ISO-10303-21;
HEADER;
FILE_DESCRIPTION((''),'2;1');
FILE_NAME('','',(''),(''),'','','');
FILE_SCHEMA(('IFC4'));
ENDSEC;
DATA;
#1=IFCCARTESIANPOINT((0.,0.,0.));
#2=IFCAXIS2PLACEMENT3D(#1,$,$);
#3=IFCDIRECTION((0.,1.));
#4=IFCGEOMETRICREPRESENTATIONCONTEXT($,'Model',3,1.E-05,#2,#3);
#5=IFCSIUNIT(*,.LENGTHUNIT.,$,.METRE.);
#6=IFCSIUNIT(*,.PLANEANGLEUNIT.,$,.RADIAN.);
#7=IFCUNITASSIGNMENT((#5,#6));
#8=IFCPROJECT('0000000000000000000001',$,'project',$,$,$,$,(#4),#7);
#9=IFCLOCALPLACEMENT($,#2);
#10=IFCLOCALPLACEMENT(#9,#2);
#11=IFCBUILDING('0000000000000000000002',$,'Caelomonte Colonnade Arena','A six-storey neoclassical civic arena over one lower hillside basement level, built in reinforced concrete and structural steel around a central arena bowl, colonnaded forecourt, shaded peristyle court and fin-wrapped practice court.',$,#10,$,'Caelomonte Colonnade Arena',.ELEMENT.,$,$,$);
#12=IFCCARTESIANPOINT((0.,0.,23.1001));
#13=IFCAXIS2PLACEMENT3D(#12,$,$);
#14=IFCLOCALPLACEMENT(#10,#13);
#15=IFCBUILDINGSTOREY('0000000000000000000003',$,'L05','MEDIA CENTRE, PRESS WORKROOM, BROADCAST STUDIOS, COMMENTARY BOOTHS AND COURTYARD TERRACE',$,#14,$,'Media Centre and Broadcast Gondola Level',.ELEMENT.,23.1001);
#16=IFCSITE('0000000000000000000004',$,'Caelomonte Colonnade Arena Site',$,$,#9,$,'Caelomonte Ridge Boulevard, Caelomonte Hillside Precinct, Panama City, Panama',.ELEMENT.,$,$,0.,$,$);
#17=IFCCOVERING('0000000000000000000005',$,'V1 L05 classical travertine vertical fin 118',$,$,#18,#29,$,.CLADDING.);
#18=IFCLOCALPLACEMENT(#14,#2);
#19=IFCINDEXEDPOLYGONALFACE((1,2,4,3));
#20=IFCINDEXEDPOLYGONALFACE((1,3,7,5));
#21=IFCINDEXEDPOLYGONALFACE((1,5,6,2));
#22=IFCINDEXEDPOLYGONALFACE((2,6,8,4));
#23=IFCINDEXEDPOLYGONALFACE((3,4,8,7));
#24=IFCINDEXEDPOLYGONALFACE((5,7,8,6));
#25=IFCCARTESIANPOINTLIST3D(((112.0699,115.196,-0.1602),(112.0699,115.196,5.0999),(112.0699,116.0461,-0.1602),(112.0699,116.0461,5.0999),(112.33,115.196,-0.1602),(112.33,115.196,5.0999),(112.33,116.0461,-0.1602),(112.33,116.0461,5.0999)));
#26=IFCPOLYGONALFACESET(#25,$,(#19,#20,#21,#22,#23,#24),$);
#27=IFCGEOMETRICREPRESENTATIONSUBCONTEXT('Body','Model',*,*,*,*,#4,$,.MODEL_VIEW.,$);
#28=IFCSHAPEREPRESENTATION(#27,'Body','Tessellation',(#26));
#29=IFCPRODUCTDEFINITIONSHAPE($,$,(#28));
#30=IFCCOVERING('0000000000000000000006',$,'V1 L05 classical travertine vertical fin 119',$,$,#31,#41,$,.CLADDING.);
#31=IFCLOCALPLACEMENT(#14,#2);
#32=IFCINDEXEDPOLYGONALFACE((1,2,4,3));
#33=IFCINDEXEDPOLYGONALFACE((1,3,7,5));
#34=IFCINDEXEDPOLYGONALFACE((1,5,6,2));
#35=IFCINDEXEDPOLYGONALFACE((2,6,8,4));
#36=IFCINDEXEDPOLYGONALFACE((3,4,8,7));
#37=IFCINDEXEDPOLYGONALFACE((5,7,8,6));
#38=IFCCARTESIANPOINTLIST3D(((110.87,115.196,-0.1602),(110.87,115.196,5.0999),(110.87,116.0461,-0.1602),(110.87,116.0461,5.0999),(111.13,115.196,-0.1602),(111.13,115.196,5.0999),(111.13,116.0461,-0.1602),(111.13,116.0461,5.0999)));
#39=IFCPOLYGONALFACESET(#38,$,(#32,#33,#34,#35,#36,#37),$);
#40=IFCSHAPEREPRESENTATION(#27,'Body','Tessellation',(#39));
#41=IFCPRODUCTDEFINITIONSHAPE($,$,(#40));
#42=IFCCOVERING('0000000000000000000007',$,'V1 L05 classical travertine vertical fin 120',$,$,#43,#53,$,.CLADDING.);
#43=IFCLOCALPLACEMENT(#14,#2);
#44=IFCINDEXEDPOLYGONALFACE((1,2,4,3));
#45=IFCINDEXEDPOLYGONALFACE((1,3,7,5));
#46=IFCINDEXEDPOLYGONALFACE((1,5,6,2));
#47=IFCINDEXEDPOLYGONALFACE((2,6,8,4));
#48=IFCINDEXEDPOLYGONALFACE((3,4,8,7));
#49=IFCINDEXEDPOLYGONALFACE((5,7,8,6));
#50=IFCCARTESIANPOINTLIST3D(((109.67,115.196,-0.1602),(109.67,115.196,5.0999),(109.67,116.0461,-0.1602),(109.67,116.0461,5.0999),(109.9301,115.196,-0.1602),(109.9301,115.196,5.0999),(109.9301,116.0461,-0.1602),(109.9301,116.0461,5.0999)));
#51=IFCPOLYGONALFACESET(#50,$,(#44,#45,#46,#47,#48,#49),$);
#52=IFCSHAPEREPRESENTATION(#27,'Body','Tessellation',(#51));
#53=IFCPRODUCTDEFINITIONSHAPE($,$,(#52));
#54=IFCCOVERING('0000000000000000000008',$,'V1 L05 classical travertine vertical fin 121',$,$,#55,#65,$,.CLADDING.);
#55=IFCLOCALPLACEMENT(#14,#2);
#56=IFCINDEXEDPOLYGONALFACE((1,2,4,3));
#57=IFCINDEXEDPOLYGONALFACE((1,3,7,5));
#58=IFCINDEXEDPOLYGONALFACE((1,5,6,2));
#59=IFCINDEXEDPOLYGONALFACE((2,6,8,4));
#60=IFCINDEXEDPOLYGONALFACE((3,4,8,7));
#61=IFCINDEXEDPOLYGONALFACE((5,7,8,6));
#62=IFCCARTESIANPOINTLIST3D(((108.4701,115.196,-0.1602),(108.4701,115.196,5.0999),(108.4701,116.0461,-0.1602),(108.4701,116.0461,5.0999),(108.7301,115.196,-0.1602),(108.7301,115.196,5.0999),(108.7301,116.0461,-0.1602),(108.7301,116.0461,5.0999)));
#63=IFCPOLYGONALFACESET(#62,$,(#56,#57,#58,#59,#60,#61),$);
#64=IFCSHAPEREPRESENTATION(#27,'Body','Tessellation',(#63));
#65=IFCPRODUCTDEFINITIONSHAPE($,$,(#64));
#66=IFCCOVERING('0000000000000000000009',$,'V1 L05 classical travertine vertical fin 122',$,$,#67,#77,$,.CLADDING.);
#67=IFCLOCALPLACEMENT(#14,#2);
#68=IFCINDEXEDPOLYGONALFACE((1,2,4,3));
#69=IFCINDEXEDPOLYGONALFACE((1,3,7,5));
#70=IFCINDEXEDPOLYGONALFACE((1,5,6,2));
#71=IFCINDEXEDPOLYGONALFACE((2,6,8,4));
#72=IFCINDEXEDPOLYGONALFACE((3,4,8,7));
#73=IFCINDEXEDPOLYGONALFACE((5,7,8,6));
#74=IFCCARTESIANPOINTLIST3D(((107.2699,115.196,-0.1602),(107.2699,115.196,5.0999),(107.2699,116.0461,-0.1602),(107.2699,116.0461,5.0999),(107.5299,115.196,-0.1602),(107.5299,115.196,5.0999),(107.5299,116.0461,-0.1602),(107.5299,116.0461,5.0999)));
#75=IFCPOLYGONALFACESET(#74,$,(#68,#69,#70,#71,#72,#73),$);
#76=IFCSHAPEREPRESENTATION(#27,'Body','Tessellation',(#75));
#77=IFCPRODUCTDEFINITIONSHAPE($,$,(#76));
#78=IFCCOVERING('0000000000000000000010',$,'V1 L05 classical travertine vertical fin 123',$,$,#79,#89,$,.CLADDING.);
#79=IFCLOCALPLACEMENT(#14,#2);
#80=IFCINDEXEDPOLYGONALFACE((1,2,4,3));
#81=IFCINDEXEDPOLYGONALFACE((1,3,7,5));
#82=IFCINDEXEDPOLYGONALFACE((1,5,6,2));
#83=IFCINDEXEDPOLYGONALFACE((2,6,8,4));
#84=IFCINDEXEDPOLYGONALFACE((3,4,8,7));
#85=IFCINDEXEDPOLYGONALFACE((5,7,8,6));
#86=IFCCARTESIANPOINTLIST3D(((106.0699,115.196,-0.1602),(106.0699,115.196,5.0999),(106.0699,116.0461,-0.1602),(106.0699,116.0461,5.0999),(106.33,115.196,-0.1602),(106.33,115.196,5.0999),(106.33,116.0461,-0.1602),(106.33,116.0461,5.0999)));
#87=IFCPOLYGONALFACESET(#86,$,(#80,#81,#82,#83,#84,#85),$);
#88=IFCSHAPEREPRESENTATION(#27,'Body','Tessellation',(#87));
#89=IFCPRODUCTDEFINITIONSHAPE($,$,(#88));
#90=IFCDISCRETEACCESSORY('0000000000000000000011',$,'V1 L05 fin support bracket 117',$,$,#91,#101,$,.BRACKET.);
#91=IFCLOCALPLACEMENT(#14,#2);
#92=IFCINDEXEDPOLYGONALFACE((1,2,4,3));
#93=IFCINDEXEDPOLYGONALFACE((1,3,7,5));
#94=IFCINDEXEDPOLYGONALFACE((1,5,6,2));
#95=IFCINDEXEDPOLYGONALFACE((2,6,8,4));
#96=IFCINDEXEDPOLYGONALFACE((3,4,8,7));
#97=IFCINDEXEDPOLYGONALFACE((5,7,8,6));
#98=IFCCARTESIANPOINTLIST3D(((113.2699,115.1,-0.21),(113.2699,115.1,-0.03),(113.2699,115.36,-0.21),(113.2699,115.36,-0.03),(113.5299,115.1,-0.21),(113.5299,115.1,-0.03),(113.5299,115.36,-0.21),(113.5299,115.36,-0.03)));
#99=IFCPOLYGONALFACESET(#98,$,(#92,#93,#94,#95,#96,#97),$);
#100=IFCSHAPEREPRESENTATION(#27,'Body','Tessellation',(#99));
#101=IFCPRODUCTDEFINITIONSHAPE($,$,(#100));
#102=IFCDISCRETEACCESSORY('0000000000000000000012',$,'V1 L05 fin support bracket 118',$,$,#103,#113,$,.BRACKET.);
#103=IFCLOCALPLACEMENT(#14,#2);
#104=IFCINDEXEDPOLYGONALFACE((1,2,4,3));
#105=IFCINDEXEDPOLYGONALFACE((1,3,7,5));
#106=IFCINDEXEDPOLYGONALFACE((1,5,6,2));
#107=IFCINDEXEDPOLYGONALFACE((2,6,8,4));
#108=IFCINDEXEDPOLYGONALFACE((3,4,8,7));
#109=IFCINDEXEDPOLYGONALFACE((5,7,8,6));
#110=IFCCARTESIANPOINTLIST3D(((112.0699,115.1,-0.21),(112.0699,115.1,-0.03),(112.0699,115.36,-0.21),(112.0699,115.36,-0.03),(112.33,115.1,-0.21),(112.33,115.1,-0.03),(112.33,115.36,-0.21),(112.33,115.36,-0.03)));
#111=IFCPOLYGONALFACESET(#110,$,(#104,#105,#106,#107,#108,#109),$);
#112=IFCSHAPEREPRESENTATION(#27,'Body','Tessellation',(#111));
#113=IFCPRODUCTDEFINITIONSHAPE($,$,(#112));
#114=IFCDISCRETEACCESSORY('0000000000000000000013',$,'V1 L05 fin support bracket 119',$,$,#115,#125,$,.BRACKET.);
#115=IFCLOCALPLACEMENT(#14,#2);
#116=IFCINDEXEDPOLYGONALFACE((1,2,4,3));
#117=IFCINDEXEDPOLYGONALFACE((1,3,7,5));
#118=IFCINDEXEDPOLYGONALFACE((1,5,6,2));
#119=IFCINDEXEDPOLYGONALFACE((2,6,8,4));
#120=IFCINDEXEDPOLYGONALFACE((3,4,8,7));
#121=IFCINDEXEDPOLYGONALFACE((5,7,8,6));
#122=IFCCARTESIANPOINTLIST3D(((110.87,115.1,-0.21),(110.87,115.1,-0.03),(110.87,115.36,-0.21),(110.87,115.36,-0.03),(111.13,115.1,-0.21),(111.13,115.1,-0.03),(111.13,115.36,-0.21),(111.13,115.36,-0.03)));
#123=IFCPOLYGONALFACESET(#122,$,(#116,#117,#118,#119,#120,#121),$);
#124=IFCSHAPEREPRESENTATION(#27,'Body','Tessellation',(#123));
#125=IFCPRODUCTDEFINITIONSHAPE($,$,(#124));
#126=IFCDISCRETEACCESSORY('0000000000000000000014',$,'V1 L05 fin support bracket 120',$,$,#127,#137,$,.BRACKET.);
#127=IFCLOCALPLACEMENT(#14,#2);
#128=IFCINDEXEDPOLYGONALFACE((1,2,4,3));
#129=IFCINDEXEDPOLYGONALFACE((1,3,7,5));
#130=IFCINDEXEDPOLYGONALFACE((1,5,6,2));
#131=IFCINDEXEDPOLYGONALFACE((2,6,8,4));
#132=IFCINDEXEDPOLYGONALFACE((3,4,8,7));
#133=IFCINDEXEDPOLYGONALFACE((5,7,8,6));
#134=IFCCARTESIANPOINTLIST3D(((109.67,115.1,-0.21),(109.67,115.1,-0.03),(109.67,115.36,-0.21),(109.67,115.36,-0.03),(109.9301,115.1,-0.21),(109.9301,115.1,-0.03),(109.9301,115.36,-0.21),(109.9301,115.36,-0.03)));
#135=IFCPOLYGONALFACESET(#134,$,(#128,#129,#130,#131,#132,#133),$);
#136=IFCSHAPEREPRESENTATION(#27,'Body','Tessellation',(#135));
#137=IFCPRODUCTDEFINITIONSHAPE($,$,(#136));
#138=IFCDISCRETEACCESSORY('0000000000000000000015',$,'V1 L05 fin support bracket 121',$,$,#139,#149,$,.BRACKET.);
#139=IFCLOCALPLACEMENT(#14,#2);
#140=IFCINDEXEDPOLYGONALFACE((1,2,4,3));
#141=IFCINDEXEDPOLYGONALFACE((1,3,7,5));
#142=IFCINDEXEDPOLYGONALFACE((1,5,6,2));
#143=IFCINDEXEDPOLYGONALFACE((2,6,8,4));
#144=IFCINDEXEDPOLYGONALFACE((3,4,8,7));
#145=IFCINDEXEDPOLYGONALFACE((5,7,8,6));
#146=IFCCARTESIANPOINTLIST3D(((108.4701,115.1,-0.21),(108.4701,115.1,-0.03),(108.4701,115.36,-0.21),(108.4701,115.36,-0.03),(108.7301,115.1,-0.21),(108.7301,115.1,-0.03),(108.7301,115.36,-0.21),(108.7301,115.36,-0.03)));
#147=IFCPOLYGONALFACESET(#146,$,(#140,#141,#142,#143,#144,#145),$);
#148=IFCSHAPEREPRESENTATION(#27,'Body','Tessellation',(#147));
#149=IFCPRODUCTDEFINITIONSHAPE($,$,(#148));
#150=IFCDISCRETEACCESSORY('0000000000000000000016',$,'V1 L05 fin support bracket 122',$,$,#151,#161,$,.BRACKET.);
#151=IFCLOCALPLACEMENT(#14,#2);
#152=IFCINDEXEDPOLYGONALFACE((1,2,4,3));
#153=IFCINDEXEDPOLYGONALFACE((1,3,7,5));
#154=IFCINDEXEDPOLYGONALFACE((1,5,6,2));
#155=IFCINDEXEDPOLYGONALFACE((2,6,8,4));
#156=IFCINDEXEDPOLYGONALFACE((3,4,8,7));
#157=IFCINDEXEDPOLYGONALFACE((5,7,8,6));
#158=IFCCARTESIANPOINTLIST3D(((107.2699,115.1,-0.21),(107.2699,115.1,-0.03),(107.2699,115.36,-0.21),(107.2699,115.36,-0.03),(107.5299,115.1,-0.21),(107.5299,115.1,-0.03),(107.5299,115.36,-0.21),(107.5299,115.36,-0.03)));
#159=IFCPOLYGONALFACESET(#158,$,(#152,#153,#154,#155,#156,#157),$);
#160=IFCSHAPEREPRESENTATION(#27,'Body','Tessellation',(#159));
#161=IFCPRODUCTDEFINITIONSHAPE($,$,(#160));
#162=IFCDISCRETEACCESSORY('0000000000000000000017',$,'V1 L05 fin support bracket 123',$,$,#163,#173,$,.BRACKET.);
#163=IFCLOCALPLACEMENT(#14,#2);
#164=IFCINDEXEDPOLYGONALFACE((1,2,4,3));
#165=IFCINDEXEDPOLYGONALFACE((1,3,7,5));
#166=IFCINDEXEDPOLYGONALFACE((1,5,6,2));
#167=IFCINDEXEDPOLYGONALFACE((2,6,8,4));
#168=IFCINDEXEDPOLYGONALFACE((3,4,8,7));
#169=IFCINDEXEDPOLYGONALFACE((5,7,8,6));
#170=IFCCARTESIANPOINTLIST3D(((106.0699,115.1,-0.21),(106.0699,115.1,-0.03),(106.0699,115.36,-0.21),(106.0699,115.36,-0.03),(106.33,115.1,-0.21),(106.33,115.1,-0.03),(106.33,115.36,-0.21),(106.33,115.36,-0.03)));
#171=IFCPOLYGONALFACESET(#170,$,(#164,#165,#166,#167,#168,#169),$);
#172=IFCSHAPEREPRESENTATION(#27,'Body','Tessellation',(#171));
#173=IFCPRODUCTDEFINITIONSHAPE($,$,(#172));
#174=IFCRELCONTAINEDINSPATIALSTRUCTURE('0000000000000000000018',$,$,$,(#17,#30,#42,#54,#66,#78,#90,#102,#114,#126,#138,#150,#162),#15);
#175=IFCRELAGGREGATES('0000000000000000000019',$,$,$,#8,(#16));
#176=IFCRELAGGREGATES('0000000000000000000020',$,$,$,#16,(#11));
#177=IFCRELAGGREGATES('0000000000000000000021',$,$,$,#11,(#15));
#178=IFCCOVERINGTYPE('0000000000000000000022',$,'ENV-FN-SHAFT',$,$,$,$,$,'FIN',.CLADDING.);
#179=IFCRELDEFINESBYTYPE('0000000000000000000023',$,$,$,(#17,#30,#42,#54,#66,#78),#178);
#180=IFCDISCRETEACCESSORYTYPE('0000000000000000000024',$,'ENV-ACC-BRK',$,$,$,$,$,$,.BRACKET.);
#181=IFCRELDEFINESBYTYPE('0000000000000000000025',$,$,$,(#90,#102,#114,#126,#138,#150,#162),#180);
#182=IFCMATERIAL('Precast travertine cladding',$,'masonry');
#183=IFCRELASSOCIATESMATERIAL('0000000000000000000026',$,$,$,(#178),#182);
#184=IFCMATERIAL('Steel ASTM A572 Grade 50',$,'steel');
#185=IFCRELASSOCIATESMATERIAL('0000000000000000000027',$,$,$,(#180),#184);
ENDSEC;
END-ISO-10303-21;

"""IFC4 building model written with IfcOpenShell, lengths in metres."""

from ifc_helpers import new_model, si_unit, direction, frame, origin, origin_2d, place, context, subcontext, project, spatial, rectangle, extrude, material, material_profile, profile_set, type_object, element, save


model = new_model("IFC4")

# Units and contexts
model_context = context("Model", 3, precision=1e-05, world=origin(), true_north=direction((0.0, 1.0)))
body_context = subcontext(model_context, "Body", "Model", "MODEL_VIEW")
ifc_project = project(units=[si_unit("LENGTHUNIT", "METRE"), si_unit("PLANEANGLEUNIT", "RADIAN")], contexts=[model_context])

# Site, building, storey
site_placement = place(None, origin())
site = spatial("IfcSite", under=ifc_project, at=site_placement, Name="Caelomonte Colonnade Arena Site", LongName="Caelomonte Ridge Boulevard, Caelomonte Hillside Precinct, Panama City, Panama", CompositionType="ELEMENT", RefElevation=0.0)
building_placement = place(site_placement, origin())
building = spatial("IfcBuilding", under=site, at=building_placement, Name="Caelomonte Colonnade Arena", Description="A six-storey neoclassical civic arena over one lower hillside basement level, built in reinforced concrete and structural steel around a central arena bowl, colonnaded forecourt, shaded peristyle court and fin-wrapped practice court.", LongName="Caelomonte Colonnade Arena", CompositionType="ELEMENT")
storey_placement = place(building_placement, frame((0.0, 0.0, 23.1001)))
storey = spatial("IfcBuildingStorey", under=building, at=storey_placement, Name="L05", Description="MEDIA CENTRE, PRESS WORKROOM, BROADCAST STUDIOS, COMMENTARY BOOTHS AND COURTYARD TERRACE", LongName="Media Centre and Broadcast Gondola Level", CompositionType="ELEMENT", Elevation=23.1001)

# Coverings
ifc_material_1 = material(Name="Precast travertine cladding", Category="masonry")
ifc_material_profile_1 = material_profile(ifc_material_1, rectangle(XDim=0.26, YDim=0.8501, at=origin_2d()), Name="FIN260X850")
ifc_profile_set_1 = profile_set([ifc_material_profile_1], Name="Precast travertine cladding")
covering_type = type_object("IfcCoveringType", Name="ENV-FN-SHAFT", ElementType="FIN", PredefinedType="CLADDING", material=ifc_profile_set_1)
for number, where, z_axis, x_axis, name in (
    (1, (112.2, 115.6211, -0.1602), (0.0, 0.0, 1.0), (1.0, 0.0, 0.0), "V1 L05 classical travertine vertical fin 118"),
    (2, (111.0, 115.6211, -0.1602), (0.0, 0.0, 1.0), (1.0, 0.0, 0.0), "V1 L05 classical travertine vertical fin 119"),
    (3, (109.8, 115.6211, -0.1602), (0.0, 0.0, 1.0), (1.0, 0.0, 0.0), "V1 L05 classical travertine vertical fin 120"),
    (4, (108.6001, 115.6211, -0.1602), (0.0, 0.0, 1.0), (1.0, 0.0, 0.0), "V1 L05 classical travertine vertical fin 121"),
    (5, (107.3999, 115.6211, -0.1602), (0.0, 0.0, 1.0), (1.0, 0.0, 0.0), "V1 L05 classical travertine vertical fin 122"),
    (6, (106.2, 115.6211, -0.1602), (0.0, 0.0, 1.0), (1.0, 0.0, 0.0), "V1 L05 classical travertine vertical fin 123"),
):
    element("IfcCovering", number, at=place(storey_placement, frame(where, z_axis=z_axis, x_axis=x_axis)), inside=storey, type_object=covering_type, Name=name, PredefinedType="CLADDING", context=body_context, shape_type="SweptSolid", body=[
        extrude(rectangle(XDim=0.26, YDim=0.8501, at=origin_2d()), origin(), (0.0, 0.0, 1.0), 5.26),
    ])

# Discrete accessories
ifc_material_2 = material(Name="Steel ASTM A572 Grade 50", Category="steel")
discrete_accessory_type = type_object("IfcDiscreteAccessoryType", Name="ENV-ACC-BRK", PredefinedType="BRACKET", material=ifc_material_2)
for number, where, z_axis, x_axis, name in (
    (7, (113.3999, 115.23, -0.21), (0.0, 0.0, 1.0), (-1.0, 0.0, 0.0), "V1 L05 fin support bracket 117"),
    (8, (112.2, 115.23, -0.21), (0.0, 0.0, 1.0), (-1.0, 0.0, 0.0), "V1 L05 fin support bracket 118"),
    (9, (111.0, 115.23, -0.21), (0.0, 0.0, 1.0), (-1.0, 0.0, 0.0), "V1 L05 fin support bracket 119"),
    (10, (109.8, 115.23, -0.21), (0.0, 0.0, 1.0), (-1.0, 0.0, 0.0), "V1 L05 fin support bracket 120"),
    (11, (108.6001, 115.23, -0.21), (0.0, 0.0, 1.0), (-1.0, 0.0, 0.0), "V1 L05 fin support bracket 121"),
    (12, (107.3999, 115.23, -0.21), (0.0, 0.0, 1.0), (-1.0, 0.0, 0.0), "V1 L05 fin support bracket 122"),
    (13, (106.2, 115.23, -0.21), (0.0, 0.0, 1.0), (-1.0, 0.0, 0.0), "V1 L05 fin support bracket 123"),
):
    element("IfcDiscreteAccessory", number, at=place(storey_placement, frame(where, z_axis=z_axis, x_axis=x_axis)), inside=storey, type_object=discrete_accessory_type, Name=name, PredefinedType="BRACKET", context=body_context, shape_type="SweptSolid", body=[
        extrude(rectangle(XDim=0.26, YDim=0.26, at=origin_2d()), origin(), (0.0, 0.0, 1.0), 0.1799),
    ])

save(model, "model.ifc")
